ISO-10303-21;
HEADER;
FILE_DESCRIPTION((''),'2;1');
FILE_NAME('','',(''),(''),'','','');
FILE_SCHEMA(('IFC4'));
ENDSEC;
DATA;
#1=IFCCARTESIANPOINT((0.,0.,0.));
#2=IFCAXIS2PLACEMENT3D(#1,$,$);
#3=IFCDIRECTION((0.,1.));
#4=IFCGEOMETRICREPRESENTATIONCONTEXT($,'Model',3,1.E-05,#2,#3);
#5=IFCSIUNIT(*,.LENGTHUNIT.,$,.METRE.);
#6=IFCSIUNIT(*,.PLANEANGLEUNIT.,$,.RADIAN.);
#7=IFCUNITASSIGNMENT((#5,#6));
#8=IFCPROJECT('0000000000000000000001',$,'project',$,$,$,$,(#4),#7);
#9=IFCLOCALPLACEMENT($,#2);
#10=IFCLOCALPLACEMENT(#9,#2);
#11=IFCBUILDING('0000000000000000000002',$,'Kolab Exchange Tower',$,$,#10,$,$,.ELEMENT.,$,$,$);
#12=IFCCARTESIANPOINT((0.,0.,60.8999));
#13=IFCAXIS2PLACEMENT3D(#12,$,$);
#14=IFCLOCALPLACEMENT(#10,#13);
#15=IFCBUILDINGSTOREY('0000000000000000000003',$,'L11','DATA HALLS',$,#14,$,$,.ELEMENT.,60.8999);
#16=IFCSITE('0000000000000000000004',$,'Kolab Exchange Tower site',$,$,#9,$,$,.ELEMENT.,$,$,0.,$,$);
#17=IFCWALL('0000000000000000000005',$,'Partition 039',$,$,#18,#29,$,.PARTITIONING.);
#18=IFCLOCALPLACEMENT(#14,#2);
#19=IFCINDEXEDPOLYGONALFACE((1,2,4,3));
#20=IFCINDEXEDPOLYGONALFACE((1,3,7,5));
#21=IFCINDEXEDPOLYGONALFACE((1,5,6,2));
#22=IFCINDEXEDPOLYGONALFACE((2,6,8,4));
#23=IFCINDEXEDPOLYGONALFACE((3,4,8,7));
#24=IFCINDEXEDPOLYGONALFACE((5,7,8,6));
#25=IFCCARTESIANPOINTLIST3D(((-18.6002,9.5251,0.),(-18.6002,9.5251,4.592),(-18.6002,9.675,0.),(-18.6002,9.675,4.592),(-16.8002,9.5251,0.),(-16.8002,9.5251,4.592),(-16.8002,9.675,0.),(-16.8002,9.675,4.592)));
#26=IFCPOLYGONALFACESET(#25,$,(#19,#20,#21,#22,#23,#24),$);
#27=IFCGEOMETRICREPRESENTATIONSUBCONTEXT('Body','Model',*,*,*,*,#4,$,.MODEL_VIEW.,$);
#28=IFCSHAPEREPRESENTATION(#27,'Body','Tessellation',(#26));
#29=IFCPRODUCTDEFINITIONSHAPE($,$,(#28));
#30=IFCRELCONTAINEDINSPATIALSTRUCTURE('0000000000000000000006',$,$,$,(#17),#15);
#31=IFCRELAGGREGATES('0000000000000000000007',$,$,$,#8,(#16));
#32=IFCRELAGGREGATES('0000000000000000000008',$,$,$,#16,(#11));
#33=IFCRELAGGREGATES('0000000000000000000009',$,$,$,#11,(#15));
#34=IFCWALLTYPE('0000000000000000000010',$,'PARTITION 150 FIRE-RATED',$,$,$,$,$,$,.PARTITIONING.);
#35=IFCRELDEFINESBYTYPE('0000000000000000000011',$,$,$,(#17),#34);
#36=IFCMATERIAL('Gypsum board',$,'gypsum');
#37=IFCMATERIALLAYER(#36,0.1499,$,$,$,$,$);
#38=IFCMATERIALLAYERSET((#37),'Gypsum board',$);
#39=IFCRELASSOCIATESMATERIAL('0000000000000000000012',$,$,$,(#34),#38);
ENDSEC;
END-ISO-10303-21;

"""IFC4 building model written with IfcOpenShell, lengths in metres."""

from ifc_helpers import new_model, si_unit, direction, frame, frame_2d, origin, place, context, subcontext, project, spatial, rectangle, extrude, material, layer, layer_set, type_object, element, save


model = new_model("IFC4")

# Units and contexts
model_context = context("Model", 3, precision=1e-05, world=origin(), true_north=direction((0.0, 1.0)))
body_context = subcontext(model_context, "Body", "Model", "MODEL_VIEW")
ifc_project = project(units=[si_unit("LENGTHUNIT", "METRE"), si_unit("PLANEANGLEUNIT", "RADIAN")], contexts=[model_context])

# Site, building, storey
site_placement = place(None, origin())
site = spatial("IfcSite", under=ifc_project, at=site_placement, Name="Kolab Exchange Tower site", CompositionType="ELEMENT", RefElevation=0.0)
building_placement = place(site_placement, origin())
building = spatial("IfcBuilding", under=site, at=building_placement, Name="Kolab Exchange Tower", CompositionType="ELEMENT")
storey_placement = place(building_placement, frame((0.0, 0.0, 60.8999)))
storey = spatial("IfcBuildingStorey", under=building, at=storey_placement, Name="L11", Description="DATA HALLS", CompositionType="ELEMENT", Elevation=60.8999)

# Shared definitions
ifc_material_1 = material(Name="Gypsum board", Category="gypsum")

# Shared definitions
ifc_layer_1 = layer(ifc_material_1, 0.1499)
ifc_layer_set_1 = layer_set([ifc_layer_1], Name="Gypsum board")
wall_type_1 = type_object("IfcWallType", Name="PARTITION 150 FIRE-RATED", PredefinedType="PARTITIONING", material=ifc_layer_set_1)

# Wall
wall_1_placement = place(storey_placement, frame((-18.6001, 9.6001, 0.0), z_axis=(0.0, 0.0, 1.0), x_axis=(1.0, 0.0, 0.0)))
element("IfcWall", 1, at=wall_1_placement, inside=storey, type_object=wall_type_1, Name="Partition 039", PredefinedType="PARTITIONING", context=body_context, shape_type="SweptSolid", body=[
    extrude(rectangle(XDim=1.8, YDim=0.1499, at=frame_2d((0.8999, 0.0))), origin(), (0.0, 0.0, 1.0), 4.592),
])

save(model, "model.ifc")
